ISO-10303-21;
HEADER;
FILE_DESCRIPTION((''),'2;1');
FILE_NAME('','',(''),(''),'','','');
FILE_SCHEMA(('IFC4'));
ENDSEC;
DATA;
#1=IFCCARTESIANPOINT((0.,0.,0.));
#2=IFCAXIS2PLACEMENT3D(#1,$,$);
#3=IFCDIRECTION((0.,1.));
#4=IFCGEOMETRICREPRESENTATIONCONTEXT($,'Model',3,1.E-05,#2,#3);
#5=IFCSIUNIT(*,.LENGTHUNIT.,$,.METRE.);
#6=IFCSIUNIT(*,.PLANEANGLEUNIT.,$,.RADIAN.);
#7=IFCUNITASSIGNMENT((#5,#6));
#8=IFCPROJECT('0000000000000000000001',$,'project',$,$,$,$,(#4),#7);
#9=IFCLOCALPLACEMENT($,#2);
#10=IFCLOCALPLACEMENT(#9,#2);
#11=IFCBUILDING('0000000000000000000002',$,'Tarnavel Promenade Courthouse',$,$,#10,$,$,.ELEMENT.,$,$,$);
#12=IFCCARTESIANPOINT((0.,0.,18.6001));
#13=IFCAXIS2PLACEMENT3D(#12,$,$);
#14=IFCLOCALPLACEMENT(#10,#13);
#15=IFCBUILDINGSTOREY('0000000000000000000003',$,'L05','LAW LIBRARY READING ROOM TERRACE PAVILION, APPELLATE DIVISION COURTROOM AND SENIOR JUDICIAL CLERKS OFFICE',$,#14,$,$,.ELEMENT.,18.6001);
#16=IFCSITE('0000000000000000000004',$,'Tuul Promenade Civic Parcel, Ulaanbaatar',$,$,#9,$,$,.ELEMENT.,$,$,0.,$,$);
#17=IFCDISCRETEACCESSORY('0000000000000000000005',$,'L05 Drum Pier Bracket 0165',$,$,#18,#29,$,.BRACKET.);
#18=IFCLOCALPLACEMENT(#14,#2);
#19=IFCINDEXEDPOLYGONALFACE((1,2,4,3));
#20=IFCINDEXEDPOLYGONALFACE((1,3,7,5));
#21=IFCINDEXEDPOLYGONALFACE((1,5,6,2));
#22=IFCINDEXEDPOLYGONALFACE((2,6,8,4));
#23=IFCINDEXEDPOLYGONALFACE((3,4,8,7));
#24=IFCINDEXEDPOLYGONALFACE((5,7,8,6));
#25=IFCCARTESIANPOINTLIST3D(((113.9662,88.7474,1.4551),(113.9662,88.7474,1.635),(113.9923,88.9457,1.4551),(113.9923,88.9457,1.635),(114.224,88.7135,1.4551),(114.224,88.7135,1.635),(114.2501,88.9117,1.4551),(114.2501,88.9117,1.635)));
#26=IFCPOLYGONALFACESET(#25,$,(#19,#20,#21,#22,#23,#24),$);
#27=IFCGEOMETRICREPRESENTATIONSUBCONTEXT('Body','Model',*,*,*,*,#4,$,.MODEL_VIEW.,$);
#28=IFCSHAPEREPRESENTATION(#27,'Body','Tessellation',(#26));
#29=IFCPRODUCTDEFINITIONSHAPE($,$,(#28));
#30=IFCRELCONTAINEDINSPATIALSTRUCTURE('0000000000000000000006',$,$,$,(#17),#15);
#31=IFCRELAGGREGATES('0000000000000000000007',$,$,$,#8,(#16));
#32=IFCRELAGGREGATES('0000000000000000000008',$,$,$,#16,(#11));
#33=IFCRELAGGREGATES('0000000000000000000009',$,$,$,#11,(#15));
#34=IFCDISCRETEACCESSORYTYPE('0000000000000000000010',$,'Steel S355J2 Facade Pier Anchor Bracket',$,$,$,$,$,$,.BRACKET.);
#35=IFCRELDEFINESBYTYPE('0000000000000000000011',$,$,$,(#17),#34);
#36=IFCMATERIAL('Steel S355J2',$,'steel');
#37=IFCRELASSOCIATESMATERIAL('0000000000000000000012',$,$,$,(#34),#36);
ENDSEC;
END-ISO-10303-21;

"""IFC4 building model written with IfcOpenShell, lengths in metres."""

from ifc_helpers import new_model, si_unit, direction, frame, origin, origin_2d, place, context, subcontext, project, spatial, rectangle, extrude, material, type_object, element, save


model = new_model("IFC4")

# Units and contexts
model_context = context("Model", 3, precision=1e-05, world=origin(), true_north=direction((0.0, 1.0)))
body_context = subcontext(model_context, "Body", "Model", "MODEL_VIEW")
ifc_project = project(units=[si_unit("LENGTHUNIT", "METRE"), si_unit("PLANEANGLEUNIT", "RADIAN")], contexts=[model_context])

# Site, building, storey
site_placement = place(None, origin())
site = spatial("IfcSite", under=ifc_project, at=site_placement, Name="Tuul Promenade Civic Parcel, Ulaanbaatar", CompositionType="ELEMENT", RefElevation=0.0)
building_placement = place(site_placement, origin())
building = spatial("IfcBuilding", under=site, at=building_placement, Name="Tarnavel Promenade Courthouse", CompositionType="ELEMENT")
storey_placement = place(building_placement, frame((0.0, 0.0, 18.6001)))
storey = spatial("IfcBuildingStorey", under=building, at=storey_placement, Name="L05", Description="LAW LIBRARY READING ROOM TERRACE PAVILION, APPELLATE DIVISION COURTROOM AND SENIOR JUDICIAL CLERKS OFFICE", CompositionType="ELEMENT", Elevation=18.6001)

# Shared definitions
ifc_material_1 = material(Name="Steel S355J2", Category="steel")

# Discrete accessory
discrete_accessory_type = type_object("IfcDiscreteAccessoryType", Name="Steel S355J2 Facade Pier Anchor Bracket", PredefinedType="BRACKET", material=ifc_material_1)
for number, where, z_axis, x_axis, name in (
    (1, (114.1082, 88.8296, 1.4551), (0.0, 0.0, 1.0), (0.130526, 0.991445, 0.0), "L05 Drum Pier Bracket 0165"),
):
    element("IfcDiscreteAccessory", number, at=place(storey_placement, frame(where, z_axis=z_axis, x_axis=x_axis)), inside=storey, type_object=discrete_accessory_type, Name=name, PredefinedType="BRACKET", context=body_context, shape_type="SweptSolid", body=[
        extrude(rectangle(XDim=0.2, YDim=0.26, at=origin_2d()), origin(), (0.0, 0.0, 1.0), 0.1799),
    ])

save(model, "model.ifc")
